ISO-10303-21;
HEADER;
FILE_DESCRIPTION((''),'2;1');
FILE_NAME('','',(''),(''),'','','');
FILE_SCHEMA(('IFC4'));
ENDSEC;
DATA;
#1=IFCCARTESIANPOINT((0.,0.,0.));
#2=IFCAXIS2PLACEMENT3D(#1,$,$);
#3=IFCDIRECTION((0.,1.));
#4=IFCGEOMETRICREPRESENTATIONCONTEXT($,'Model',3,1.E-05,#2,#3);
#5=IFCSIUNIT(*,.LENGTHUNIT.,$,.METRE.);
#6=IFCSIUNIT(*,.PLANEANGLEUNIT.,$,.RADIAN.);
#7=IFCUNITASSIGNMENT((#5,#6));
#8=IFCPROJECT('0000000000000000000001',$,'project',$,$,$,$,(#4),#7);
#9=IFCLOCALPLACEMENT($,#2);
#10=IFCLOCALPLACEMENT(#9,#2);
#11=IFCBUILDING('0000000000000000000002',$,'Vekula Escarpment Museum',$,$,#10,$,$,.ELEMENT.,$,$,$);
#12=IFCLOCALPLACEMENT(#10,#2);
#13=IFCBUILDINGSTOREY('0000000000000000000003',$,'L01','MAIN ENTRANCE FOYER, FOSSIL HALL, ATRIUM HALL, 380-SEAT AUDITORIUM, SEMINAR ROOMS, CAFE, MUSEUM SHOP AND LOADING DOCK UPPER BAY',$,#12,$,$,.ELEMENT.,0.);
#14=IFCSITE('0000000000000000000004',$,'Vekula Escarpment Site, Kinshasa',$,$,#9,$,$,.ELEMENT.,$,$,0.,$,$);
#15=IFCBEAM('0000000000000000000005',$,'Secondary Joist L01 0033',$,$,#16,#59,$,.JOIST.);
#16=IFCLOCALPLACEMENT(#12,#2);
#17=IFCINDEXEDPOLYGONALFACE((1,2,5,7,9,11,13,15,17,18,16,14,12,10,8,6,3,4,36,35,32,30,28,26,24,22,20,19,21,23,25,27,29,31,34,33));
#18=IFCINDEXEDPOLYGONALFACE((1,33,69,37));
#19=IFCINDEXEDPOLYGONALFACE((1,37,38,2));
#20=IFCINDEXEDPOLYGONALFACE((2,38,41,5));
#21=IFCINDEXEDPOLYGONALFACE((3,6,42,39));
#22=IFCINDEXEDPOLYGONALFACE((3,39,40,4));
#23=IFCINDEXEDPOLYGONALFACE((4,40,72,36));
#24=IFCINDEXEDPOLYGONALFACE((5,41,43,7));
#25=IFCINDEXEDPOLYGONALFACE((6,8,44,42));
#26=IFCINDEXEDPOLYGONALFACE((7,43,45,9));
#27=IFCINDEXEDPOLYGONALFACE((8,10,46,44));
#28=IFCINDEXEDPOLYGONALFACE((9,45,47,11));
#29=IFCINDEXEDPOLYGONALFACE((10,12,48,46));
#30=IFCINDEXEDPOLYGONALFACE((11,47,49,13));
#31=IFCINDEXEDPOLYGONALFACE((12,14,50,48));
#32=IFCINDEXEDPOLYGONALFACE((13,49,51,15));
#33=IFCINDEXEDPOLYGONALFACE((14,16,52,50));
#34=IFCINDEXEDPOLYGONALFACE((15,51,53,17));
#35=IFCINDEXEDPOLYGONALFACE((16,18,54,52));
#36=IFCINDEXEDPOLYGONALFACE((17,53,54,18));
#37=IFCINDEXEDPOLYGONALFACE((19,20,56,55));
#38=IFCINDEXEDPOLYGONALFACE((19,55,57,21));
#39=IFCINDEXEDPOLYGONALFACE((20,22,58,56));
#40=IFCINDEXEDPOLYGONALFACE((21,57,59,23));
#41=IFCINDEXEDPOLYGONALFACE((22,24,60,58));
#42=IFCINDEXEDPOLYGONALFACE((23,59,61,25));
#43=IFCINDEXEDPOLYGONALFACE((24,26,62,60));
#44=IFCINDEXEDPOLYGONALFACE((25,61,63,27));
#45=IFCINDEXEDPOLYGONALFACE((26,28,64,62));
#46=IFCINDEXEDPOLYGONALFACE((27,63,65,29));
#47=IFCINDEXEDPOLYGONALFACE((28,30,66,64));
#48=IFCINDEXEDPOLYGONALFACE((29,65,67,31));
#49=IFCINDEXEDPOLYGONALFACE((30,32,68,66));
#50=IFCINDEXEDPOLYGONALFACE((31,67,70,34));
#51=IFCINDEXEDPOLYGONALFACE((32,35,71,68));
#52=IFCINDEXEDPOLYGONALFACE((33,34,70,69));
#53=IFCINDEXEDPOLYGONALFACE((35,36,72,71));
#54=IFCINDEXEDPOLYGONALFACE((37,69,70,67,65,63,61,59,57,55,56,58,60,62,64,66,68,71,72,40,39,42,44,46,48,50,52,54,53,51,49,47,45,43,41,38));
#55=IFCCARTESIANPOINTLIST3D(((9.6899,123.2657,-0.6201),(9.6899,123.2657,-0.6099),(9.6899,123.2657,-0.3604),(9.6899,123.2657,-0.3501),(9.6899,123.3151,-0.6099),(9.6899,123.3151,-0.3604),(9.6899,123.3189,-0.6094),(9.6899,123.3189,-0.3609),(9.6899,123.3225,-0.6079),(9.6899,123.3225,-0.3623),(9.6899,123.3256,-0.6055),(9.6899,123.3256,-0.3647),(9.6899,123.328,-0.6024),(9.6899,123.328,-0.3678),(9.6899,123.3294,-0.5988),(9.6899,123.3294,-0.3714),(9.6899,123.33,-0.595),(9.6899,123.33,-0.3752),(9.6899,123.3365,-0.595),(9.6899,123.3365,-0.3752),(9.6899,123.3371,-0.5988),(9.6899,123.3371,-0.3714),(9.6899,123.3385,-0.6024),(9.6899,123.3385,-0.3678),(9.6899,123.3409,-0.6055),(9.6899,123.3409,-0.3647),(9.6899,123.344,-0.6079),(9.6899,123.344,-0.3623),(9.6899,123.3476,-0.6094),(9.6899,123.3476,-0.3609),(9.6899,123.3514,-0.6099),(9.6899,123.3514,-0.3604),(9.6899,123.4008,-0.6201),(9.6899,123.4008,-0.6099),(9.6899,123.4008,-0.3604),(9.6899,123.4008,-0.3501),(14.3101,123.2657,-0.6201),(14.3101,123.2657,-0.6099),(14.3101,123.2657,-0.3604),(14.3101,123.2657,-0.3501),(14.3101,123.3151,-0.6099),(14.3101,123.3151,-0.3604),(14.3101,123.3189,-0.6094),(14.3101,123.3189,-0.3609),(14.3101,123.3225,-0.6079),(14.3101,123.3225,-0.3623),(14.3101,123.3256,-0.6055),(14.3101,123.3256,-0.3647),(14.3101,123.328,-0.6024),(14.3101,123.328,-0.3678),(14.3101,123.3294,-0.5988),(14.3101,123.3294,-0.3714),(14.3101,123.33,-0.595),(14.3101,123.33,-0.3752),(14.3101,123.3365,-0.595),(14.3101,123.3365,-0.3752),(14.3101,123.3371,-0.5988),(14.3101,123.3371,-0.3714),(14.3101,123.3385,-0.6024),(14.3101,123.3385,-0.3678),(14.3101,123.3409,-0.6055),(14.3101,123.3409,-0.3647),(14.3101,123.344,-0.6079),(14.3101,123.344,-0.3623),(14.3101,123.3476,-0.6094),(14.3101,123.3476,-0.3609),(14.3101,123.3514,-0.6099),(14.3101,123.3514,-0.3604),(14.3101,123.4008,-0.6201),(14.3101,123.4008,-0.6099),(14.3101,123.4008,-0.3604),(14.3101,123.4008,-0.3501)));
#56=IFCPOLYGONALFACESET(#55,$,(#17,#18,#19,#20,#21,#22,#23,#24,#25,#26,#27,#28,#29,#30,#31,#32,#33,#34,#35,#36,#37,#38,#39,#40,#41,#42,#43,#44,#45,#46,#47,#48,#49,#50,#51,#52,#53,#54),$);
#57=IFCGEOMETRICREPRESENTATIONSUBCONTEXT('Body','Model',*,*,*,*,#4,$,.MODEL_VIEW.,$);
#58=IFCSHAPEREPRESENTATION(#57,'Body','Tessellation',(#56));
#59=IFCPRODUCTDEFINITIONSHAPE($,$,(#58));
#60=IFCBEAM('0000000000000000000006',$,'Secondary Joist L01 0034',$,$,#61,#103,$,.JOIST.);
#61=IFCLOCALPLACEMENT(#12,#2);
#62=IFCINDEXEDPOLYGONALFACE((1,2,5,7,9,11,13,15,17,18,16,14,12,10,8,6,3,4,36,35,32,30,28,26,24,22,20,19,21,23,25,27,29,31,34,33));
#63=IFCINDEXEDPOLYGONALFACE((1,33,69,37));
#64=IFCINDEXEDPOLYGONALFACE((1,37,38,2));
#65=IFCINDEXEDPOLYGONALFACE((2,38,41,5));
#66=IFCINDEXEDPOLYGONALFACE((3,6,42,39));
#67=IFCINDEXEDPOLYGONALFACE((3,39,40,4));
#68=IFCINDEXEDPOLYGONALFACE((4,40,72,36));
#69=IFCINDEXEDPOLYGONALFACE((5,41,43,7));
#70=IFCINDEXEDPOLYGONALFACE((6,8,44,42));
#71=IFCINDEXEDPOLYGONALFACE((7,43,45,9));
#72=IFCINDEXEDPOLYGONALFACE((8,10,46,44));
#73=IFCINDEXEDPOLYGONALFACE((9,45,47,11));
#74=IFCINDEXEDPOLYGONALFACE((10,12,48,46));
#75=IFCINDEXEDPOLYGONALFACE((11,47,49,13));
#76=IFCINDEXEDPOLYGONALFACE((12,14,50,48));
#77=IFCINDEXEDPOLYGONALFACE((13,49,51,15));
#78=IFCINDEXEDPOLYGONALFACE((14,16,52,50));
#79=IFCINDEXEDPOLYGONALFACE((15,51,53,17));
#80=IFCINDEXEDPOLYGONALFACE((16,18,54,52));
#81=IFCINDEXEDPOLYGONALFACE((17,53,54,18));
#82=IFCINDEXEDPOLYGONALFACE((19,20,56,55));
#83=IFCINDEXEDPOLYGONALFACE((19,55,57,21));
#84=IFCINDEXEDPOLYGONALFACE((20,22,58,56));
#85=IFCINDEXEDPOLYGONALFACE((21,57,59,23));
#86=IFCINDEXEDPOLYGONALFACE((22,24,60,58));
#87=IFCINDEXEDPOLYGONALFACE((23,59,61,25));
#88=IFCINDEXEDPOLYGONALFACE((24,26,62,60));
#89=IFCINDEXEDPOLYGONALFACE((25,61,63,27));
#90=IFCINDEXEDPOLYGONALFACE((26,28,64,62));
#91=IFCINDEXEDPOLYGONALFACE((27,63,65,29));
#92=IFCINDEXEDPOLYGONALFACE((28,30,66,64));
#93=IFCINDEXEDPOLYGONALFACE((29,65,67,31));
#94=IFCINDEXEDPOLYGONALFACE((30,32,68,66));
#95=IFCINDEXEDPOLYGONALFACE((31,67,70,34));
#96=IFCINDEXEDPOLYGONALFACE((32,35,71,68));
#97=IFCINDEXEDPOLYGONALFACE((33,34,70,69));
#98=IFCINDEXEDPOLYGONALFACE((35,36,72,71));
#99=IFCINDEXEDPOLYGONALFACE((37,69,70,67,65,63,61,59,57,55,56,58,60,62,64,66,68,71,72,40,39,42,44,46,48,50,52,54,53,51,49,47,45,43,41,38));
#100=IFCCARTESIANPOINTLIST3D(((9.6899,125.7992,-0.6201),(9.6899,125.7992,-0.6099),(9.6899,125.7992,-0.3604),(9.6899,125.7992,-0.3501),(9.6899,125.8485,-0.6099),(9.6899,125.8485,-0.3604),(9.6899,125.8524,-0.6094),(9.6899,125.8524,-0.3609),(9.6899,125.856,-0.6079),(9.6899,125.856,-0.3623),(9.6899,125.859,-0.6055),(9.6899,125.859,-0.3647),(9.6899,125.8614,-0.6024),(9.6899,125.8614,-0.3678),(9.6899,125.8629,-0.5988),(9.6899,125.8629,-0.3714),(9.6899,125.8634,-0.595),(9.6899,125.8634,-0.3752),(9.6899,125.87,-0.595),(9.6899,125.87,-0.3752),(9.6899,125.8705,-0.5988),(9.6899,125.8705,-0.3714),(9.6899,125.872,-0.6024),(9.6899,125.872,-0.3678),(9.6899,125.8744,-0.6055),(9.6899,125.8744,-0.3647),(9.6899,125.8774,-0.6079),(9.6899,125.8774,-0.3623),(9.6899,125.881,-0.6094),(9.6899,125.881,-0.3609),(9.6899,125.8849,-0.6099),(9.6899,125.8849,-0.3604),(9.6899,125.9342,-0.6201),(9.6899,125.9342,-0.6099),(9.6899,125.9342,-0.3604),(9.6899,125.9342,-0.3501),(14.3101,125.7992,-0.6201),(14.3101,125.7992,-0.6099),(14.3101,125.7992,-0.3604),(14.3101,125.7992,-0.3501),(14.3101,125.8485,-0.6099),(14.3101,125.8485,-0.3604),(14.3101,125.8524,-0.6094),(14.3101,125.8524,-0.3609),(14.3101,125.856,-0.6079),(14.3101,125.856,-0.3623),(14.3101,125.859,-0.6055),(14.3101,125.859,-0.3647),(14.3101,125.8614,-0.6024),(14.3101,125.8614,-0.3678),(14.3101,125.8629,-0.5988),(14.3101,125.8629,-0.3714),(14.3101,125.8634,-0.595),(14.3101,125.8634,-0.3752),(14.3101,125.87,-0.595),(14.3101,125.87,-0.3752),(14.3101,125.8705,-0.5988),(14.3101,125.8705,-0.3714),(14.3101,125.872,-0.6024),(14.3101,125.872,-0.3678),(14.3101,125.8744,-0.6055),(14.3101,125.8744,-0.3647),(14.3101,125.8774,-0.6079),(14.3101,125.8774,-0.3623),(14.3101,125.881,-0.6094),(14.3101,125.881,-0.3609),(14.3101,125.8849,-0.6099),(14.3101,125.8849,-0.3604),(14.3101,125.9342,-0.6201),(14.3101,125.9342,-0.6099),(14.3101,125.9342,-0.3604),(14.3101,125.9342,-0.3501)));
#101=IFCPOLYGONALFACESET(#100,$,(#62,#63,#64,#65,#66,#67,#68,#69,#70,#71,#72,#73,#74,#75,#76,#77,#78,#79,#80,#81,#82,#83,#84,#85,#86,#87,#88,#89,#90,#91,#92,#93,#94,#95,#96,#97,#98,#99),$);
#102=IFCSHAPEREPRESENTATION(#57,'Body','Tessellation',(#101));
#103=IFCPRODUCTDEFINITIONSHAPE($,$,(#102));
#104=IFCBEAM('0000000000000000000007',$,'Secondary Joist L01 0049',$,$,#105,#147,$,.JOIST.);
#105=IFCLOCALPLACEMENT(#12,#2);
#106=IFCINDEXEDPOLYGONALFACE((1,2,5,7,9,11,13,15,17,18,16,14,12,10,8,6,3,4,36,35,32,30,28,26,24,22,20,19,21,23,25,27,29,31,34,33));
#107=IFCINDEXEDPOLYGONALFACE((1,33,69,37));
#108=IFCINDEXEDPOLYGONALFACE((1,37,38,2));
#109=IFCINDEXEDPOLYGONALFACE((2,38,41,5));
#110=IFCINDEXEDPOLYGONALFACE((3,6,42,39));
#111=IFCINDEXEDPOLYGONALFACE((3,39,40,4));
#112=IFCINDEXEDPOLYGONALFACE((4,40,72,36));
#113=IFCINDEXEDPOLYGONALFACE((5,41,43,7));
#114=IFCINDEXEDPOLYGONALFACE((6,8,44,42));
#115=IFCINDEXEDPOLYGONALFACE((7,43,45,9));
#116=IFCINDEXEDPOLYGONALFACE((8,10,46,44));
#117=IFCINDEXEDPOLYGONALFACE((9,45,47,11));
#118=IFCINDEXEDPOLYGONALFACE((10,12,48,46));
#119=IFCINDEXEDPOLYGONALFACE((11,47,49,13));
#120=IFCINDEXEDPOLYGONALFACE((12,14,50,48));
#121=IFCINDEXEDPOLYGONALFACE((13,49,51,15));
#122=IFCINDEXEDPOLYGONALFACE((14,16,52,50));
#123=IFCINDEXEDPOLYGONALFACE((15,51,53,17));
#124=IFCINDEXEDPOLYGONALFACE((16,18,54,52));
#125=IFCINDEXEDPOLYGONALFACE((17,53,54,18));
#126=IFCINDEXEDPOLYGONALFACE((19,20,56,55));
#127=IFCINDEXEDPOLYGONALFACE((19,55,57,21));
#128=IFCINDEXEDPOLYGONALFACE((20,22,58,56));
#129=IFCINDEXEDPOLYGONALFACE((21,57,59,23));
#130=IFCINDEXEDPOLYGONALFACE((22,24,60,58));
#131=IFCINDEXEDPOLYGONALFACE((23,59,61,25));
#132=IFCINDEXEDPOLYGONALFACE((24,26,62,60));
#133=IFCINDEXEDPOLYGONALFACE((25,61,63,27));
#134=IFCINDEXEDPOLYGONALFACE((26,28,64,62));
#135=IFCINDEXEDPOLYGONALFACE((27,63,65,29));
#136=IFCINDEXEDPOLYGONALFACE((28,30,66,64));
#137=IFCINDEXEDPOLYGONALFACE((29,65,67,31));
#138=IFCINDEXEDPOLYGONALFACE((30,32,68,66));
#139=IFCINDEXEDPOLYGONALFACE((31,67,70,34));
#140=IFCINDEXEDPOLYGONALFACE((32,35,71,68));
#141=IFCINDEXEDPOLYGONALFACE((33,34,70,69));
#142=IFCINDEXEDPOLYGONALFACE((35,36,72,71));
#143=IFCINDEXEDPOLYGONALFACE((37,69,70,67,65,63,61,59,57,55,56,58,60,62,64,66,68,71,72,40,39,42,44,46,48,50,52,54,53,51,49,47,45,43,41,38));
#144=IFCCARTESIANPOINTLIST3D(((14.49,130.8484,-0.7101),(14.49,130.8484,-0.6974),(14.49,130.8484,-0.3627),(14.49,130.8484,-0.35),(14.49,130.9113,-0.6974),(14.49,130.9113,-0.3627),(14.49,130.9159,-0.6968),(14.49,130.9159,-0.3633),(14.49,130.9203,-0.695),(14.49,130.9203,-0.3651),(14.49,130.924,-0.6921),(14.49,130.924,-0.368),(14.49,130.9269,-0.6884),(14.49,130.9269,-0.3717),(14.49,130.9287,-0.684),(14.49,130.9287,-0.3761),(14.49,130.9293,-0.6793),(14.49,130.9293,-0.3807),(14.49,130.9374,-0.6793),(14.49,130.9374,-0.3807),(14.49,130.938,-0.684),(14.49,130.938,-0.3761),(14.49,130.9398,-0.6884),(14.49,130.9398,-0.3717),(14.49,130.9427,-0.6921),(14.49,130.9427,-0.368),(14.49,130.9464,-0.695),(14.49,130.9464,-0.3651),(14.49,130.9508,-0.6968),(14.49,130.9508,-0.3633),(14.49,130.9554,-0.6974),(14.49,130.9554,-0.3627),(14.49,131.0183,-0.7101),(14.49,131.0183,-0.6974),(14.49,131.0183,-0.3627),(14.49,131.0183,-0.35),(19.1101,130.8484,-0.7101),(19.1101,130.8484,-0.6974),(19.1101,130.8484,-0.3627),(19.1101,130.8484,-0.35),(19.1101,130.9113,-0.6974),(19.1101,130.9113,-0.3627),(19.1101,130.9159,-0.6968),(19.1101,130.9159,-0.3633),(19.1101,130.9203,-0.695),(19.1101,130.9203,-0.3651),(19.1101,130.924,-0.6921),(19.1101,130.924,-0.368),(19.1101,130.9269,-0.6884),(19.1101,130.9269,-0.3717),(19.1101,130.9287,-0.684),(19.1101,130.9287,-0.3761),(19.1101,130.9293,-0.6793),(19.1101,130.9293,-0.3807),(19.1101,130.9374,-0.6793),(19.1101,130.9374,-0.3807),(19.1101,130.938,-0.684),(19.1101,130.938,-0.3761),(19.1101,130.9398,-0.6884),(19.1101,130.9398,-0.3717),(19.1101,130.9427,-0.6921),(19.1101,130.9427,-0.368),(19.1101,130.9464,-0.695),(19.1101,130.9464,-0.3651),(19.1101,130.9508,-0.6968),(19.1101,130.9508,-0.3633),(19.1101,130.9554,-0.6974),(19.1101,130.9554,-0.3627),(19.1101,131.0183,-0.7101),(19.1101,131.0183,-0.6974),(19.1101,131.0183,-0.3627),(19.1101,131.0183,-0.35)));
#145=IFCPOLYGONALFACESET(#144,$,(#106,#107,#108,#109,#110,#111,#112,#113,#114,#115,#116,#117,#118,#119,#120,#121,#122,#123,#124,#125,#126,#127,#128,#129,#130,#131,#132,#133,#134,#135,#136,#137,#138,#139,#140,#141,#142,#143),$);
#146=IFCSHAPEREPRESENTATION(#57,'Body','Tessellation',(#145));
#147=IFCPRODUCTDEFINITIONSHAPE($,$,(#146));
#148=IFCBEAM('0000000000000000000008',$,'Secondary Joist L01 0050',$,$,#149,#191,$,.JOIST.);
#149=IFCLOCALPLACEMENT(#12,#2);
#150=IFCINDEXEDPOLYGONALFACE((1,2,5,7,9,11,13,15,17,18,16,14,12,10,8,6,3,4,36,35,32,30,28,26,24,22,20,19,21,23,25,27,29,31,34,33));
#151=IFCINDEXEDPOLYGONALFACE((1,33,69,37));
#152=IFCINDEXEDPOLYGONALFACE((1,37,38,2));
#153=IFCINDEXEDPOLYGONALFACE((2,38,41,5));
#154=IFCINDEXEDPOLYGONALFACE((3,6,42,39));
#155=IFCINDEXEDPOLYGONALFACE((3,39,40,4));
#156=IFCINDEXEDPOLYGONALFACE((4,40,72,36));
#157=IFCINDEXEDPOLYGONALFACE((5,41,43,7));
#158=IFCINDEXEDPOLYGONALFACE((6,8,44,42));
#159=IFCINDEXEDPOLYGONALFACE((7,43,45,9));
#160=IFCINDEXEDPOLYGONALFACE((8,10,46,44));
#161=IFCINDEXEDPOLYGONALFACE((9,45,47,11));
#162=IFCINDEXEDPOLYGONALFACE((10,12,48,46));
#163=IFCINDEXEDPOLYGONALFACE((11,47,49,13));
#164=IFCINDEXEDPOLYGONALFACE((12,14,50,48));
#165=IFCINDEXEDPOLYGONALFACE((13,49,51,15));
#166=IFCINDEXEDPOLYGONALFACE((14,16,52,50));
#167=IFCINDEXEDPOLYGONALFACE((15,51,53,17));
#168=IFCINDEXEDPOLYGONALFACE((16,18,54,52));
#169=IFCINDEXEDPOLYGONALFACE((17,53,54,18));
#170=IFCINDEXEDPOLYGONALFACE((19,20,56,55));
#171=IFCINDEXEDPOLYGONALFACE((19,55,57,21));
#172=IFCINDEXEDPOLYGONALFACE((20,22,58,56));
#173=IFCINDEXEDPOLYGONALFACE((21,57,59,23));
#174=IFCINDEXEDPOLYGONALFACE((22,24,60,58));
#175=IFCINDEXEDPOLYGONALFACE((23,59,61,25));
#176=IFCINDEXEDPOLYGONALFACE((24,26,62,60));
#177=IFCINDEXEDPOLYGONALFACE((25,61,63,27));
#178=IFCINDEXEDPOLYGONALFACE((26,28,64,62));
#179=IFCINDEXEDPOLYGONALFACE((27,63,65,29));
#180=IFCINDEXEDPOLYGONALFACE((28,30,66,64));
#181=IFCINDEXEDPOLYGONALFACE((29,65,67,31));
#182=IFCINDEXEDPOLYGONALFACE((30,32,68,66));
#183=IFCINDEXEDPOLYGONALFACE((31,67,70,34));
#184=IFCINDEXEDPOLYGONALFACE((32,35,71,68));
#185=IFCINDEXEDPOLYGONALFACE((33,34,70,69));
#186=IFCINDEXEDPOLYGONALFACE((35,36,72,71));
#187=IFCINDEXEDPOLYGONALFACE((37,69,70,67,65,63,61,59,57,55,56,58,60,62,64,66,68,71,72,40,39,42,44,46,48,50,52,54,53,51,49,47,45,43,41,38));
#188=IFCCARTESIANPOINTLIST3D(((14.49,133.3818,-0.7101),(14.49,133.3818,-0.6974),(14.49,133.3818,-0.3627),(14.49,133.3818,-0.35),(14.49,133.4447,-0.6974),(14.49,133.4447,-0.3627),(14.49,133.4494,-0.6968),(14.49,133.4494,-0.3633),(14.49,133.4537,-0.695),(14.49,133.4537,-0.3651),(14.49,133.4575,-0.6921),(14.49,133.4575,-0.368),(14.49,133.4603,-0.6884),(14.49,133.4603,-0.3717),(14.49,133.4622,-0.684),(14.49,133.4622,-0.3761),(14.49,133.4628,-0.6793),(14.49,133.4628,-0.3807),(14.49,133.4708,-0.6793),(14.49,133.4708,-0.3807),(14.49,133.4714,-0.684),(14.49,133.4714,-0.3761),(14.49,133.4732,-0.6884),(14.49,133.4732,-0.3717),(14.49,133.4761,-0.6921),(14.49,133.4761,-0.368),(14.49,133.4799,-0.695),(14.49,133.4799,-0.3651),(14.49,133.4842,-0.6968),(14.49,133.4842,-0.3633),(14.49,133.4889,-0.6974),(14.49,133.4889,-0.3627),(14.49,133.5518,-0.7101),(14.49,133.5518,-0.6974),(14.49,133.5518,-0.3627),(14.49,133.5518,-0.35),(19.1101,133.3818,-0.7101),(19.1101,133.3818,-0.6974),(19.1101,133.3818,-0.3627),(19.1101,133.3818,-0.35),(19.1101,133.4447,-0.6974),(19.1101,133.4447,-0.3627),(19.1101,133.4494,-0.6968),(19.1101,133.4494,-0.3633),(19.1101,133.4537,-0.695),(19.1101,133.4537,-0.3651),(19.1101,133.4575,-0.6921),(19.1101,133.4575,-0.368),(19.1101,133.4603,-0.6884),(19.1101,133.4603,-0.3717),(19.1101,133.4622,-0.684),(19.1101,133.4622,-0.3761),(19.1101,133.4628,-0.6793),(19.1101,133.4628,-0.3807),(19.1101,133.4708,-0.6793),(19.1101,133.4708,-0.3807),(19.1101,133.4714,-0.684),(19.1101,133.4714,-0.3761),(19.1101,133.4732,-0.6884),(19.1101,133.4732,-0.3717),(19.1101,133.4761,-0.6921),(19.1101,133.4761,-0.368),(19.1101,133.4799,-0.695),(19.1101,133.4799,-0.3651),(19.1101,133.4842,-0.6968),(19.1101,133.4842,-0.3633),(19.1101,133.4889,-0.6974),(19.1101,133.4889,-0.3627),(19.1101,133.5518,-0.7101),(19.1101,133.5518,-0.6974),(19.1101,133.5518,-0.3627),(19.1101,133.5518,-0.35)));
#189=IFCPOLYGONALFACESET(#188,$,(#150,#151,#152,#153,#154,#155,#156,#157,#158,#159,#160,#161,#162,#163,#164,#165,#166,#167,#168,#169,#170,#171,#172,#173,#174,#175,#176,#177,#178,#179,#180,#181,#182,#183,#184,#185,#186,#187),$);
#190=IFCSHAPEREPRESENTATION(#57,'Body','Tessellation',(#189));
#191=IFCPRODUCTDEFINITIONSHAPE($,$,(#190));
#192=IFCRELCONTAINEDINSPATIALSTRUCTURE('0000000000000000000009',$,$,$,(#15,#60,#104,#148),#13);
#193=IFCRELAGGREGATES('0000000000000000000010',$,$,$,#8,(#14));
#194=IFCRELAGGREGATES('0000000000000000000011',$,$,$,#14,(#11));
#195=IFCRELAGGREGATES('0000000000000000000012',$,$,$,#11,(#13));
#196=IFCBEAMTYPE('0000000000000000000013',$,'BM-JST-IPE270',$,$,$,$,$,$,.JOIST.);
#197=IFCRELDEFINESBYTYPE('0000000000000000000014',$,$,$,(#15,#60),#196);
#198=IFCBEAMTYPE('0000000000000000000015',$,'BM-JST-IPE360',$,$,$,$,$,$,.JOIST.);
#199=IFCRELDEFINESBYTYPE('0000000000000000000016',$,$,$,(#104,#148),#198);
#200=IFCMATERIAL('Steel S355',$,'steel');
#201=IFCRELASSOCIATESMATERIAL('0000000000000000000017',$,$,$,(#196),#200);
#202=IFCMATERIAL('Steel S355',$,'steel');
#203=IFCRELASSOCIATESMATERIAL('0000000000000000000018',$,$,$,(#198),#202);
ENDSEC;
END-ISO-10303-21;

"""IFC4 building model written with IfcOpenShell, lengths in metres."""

from ifc_helpers import new_model, si_unit, direction, frame, origin, origin_2d, place, context, subcontext, project, spatial, i_section, extrude, material, material_profile, profile_set, type_object, element, save


model = new_model("IFC4")

# Units and contexts
model_context = context("Model", 3, precision=1e-05, world=origin(), true_north=direction((0.0, 1.0)))
body_context = subcontext(model_context, "Body", "Model", "MODEL_VIEW")
ifc_project = project(units=[si_unit("LENGTHUNIT", "METRE"), si_unit("PLANEANGLEUNIT", "RADIAN")], contexts=[model_context])

# Site, building, storey
site_placement = place(None, origin())
site = spatial("IfcSite", under=ifc_project, at=site_placement, Name="Vekula Escarpment Site, Kinshasa", CompositionType="ELEMENT", RefElevation=0.0)
building_placement = place(site_placement, origin())
building = spatial("IfcBuilding", under=site, at=building_placement, Name="Vekula Escarpment Museum", CompositionType="ELEMENT")
storey_placement = place(building_placement, origin())
storey = spatial("IfcBuildingStorey", under=building, at=storey_placement, Name="L01", Description="MAIN ENTRANCE FOYER, FOSSIL HALL, ATRIUM HALL, 380-SEAT AUDITORIUM, SEMINAR ROOMS, CAFE, MUSEUM SHOP AND LOADING DOCK UPPER BAY", CompositionType="ELEMENT", Elevation=0.0)

# Beams
ifc_material_1 = material(Name="Steel S355", Category="steel")
ifc_material_profile_1 = material_profile(ifc_material_1, i_section(OverallWidth=0.135, OverallDepth=0.27, WebThickness=0.0066, FlangeThickness=0.0103, FilletRadius=0.0149, at=origin_2d()), Name="IPE 270")
ifc_profile_set_1 = profile_set([ifc_material_profile_1], Name="Steel S355")
beam_type_1 = type_object("IfcBeamType", Name="BM-JST-IPE270", PredefinedType="JOIST", material=ifc_profile_set_1)
for number, where, z_axis, x_axis, name in (
    (1, (9.6899, 123.3333, -0.4851), (1.0, 0.0, 0.0), (0.0, 1.0, 0.0), "Secondary Joist L01 0033"),
    (2, (9.6899, 125.8667, -0.4851), (1.0, 0.0, 0.0), (0.0, 1.0, 0.0), "Secondary Joist L01 0034"),
):
    element("IfcBeam", number, at=place(storey_placement, frame(where, z_axis=z_axis, x_axis=x_axis)), inside=storey, type_object=beam_type_1, Name=name, PredefinedType="JOIST", context=body_context, shape_type="SweptSolid", body=[
        extrude(i_section(OverallWidth=0.135, OverallDepth=0.27, WebThickness=0.0066, FlangeThickness=0.0103, FilletRadius=0.0149, at=origin_2d()), origin(), (0.0, 0.0, 1.0), 4.6201),
    ])
ifc_material_2 = material(Name="Steel S355", Category="steel")
ifc_material_profile_2 = material_profile(ifc_material_2, i_section(OverallWidth=0.1699, OverallDepth=0.3601, WebThickness=0.0081, FlangeThickness=0.0127, FilletRadius=0.0181, at=origin_2d()), Name="IPE 360")
ifc_profile_set_2 = profile_set([ifc_material_profile_2], Name="Steel S355")
beam_type_2 = type_object("IfcBeamType", Name="BM-JST-IPE360", PredefinedType="JOIST", material=ifc_profile_set_2)
for number, where, z_axis, x_axis, name in (
    (3, (14.49, 130.9333, -0.53), (1.0, 0.0, 0.0), (0.0, 1.0, 0.0), "Secondary Joist L01 0049"),
    (4, (14.49, 133.4668, -0.53), (1.0, 0.0, 0.0), (0.0, 1.0, 0.0), "Secondary Joist L01 0050"),
):
    element("IfcBeam", number, at=place(storey_placement, frame(where, z_axis=z_axis, x_axis=x_axis)), inside=storey, type_object=beam_type_2, Name=name, PredefinedType="JOIST", context=body_context, shape_type="SweptSolid", body=[
        extrude(i_section(OverallWidth=0.1699, OverallDepth=0.3601, WebThickness=0.0081, FlangeThickness=0.0127, FilletRadius=0.0181, at=origin_2d()), origin(), (0.0, 0.0, 1.0), 4.6201),
    ])

save(model, "model.ifc")
